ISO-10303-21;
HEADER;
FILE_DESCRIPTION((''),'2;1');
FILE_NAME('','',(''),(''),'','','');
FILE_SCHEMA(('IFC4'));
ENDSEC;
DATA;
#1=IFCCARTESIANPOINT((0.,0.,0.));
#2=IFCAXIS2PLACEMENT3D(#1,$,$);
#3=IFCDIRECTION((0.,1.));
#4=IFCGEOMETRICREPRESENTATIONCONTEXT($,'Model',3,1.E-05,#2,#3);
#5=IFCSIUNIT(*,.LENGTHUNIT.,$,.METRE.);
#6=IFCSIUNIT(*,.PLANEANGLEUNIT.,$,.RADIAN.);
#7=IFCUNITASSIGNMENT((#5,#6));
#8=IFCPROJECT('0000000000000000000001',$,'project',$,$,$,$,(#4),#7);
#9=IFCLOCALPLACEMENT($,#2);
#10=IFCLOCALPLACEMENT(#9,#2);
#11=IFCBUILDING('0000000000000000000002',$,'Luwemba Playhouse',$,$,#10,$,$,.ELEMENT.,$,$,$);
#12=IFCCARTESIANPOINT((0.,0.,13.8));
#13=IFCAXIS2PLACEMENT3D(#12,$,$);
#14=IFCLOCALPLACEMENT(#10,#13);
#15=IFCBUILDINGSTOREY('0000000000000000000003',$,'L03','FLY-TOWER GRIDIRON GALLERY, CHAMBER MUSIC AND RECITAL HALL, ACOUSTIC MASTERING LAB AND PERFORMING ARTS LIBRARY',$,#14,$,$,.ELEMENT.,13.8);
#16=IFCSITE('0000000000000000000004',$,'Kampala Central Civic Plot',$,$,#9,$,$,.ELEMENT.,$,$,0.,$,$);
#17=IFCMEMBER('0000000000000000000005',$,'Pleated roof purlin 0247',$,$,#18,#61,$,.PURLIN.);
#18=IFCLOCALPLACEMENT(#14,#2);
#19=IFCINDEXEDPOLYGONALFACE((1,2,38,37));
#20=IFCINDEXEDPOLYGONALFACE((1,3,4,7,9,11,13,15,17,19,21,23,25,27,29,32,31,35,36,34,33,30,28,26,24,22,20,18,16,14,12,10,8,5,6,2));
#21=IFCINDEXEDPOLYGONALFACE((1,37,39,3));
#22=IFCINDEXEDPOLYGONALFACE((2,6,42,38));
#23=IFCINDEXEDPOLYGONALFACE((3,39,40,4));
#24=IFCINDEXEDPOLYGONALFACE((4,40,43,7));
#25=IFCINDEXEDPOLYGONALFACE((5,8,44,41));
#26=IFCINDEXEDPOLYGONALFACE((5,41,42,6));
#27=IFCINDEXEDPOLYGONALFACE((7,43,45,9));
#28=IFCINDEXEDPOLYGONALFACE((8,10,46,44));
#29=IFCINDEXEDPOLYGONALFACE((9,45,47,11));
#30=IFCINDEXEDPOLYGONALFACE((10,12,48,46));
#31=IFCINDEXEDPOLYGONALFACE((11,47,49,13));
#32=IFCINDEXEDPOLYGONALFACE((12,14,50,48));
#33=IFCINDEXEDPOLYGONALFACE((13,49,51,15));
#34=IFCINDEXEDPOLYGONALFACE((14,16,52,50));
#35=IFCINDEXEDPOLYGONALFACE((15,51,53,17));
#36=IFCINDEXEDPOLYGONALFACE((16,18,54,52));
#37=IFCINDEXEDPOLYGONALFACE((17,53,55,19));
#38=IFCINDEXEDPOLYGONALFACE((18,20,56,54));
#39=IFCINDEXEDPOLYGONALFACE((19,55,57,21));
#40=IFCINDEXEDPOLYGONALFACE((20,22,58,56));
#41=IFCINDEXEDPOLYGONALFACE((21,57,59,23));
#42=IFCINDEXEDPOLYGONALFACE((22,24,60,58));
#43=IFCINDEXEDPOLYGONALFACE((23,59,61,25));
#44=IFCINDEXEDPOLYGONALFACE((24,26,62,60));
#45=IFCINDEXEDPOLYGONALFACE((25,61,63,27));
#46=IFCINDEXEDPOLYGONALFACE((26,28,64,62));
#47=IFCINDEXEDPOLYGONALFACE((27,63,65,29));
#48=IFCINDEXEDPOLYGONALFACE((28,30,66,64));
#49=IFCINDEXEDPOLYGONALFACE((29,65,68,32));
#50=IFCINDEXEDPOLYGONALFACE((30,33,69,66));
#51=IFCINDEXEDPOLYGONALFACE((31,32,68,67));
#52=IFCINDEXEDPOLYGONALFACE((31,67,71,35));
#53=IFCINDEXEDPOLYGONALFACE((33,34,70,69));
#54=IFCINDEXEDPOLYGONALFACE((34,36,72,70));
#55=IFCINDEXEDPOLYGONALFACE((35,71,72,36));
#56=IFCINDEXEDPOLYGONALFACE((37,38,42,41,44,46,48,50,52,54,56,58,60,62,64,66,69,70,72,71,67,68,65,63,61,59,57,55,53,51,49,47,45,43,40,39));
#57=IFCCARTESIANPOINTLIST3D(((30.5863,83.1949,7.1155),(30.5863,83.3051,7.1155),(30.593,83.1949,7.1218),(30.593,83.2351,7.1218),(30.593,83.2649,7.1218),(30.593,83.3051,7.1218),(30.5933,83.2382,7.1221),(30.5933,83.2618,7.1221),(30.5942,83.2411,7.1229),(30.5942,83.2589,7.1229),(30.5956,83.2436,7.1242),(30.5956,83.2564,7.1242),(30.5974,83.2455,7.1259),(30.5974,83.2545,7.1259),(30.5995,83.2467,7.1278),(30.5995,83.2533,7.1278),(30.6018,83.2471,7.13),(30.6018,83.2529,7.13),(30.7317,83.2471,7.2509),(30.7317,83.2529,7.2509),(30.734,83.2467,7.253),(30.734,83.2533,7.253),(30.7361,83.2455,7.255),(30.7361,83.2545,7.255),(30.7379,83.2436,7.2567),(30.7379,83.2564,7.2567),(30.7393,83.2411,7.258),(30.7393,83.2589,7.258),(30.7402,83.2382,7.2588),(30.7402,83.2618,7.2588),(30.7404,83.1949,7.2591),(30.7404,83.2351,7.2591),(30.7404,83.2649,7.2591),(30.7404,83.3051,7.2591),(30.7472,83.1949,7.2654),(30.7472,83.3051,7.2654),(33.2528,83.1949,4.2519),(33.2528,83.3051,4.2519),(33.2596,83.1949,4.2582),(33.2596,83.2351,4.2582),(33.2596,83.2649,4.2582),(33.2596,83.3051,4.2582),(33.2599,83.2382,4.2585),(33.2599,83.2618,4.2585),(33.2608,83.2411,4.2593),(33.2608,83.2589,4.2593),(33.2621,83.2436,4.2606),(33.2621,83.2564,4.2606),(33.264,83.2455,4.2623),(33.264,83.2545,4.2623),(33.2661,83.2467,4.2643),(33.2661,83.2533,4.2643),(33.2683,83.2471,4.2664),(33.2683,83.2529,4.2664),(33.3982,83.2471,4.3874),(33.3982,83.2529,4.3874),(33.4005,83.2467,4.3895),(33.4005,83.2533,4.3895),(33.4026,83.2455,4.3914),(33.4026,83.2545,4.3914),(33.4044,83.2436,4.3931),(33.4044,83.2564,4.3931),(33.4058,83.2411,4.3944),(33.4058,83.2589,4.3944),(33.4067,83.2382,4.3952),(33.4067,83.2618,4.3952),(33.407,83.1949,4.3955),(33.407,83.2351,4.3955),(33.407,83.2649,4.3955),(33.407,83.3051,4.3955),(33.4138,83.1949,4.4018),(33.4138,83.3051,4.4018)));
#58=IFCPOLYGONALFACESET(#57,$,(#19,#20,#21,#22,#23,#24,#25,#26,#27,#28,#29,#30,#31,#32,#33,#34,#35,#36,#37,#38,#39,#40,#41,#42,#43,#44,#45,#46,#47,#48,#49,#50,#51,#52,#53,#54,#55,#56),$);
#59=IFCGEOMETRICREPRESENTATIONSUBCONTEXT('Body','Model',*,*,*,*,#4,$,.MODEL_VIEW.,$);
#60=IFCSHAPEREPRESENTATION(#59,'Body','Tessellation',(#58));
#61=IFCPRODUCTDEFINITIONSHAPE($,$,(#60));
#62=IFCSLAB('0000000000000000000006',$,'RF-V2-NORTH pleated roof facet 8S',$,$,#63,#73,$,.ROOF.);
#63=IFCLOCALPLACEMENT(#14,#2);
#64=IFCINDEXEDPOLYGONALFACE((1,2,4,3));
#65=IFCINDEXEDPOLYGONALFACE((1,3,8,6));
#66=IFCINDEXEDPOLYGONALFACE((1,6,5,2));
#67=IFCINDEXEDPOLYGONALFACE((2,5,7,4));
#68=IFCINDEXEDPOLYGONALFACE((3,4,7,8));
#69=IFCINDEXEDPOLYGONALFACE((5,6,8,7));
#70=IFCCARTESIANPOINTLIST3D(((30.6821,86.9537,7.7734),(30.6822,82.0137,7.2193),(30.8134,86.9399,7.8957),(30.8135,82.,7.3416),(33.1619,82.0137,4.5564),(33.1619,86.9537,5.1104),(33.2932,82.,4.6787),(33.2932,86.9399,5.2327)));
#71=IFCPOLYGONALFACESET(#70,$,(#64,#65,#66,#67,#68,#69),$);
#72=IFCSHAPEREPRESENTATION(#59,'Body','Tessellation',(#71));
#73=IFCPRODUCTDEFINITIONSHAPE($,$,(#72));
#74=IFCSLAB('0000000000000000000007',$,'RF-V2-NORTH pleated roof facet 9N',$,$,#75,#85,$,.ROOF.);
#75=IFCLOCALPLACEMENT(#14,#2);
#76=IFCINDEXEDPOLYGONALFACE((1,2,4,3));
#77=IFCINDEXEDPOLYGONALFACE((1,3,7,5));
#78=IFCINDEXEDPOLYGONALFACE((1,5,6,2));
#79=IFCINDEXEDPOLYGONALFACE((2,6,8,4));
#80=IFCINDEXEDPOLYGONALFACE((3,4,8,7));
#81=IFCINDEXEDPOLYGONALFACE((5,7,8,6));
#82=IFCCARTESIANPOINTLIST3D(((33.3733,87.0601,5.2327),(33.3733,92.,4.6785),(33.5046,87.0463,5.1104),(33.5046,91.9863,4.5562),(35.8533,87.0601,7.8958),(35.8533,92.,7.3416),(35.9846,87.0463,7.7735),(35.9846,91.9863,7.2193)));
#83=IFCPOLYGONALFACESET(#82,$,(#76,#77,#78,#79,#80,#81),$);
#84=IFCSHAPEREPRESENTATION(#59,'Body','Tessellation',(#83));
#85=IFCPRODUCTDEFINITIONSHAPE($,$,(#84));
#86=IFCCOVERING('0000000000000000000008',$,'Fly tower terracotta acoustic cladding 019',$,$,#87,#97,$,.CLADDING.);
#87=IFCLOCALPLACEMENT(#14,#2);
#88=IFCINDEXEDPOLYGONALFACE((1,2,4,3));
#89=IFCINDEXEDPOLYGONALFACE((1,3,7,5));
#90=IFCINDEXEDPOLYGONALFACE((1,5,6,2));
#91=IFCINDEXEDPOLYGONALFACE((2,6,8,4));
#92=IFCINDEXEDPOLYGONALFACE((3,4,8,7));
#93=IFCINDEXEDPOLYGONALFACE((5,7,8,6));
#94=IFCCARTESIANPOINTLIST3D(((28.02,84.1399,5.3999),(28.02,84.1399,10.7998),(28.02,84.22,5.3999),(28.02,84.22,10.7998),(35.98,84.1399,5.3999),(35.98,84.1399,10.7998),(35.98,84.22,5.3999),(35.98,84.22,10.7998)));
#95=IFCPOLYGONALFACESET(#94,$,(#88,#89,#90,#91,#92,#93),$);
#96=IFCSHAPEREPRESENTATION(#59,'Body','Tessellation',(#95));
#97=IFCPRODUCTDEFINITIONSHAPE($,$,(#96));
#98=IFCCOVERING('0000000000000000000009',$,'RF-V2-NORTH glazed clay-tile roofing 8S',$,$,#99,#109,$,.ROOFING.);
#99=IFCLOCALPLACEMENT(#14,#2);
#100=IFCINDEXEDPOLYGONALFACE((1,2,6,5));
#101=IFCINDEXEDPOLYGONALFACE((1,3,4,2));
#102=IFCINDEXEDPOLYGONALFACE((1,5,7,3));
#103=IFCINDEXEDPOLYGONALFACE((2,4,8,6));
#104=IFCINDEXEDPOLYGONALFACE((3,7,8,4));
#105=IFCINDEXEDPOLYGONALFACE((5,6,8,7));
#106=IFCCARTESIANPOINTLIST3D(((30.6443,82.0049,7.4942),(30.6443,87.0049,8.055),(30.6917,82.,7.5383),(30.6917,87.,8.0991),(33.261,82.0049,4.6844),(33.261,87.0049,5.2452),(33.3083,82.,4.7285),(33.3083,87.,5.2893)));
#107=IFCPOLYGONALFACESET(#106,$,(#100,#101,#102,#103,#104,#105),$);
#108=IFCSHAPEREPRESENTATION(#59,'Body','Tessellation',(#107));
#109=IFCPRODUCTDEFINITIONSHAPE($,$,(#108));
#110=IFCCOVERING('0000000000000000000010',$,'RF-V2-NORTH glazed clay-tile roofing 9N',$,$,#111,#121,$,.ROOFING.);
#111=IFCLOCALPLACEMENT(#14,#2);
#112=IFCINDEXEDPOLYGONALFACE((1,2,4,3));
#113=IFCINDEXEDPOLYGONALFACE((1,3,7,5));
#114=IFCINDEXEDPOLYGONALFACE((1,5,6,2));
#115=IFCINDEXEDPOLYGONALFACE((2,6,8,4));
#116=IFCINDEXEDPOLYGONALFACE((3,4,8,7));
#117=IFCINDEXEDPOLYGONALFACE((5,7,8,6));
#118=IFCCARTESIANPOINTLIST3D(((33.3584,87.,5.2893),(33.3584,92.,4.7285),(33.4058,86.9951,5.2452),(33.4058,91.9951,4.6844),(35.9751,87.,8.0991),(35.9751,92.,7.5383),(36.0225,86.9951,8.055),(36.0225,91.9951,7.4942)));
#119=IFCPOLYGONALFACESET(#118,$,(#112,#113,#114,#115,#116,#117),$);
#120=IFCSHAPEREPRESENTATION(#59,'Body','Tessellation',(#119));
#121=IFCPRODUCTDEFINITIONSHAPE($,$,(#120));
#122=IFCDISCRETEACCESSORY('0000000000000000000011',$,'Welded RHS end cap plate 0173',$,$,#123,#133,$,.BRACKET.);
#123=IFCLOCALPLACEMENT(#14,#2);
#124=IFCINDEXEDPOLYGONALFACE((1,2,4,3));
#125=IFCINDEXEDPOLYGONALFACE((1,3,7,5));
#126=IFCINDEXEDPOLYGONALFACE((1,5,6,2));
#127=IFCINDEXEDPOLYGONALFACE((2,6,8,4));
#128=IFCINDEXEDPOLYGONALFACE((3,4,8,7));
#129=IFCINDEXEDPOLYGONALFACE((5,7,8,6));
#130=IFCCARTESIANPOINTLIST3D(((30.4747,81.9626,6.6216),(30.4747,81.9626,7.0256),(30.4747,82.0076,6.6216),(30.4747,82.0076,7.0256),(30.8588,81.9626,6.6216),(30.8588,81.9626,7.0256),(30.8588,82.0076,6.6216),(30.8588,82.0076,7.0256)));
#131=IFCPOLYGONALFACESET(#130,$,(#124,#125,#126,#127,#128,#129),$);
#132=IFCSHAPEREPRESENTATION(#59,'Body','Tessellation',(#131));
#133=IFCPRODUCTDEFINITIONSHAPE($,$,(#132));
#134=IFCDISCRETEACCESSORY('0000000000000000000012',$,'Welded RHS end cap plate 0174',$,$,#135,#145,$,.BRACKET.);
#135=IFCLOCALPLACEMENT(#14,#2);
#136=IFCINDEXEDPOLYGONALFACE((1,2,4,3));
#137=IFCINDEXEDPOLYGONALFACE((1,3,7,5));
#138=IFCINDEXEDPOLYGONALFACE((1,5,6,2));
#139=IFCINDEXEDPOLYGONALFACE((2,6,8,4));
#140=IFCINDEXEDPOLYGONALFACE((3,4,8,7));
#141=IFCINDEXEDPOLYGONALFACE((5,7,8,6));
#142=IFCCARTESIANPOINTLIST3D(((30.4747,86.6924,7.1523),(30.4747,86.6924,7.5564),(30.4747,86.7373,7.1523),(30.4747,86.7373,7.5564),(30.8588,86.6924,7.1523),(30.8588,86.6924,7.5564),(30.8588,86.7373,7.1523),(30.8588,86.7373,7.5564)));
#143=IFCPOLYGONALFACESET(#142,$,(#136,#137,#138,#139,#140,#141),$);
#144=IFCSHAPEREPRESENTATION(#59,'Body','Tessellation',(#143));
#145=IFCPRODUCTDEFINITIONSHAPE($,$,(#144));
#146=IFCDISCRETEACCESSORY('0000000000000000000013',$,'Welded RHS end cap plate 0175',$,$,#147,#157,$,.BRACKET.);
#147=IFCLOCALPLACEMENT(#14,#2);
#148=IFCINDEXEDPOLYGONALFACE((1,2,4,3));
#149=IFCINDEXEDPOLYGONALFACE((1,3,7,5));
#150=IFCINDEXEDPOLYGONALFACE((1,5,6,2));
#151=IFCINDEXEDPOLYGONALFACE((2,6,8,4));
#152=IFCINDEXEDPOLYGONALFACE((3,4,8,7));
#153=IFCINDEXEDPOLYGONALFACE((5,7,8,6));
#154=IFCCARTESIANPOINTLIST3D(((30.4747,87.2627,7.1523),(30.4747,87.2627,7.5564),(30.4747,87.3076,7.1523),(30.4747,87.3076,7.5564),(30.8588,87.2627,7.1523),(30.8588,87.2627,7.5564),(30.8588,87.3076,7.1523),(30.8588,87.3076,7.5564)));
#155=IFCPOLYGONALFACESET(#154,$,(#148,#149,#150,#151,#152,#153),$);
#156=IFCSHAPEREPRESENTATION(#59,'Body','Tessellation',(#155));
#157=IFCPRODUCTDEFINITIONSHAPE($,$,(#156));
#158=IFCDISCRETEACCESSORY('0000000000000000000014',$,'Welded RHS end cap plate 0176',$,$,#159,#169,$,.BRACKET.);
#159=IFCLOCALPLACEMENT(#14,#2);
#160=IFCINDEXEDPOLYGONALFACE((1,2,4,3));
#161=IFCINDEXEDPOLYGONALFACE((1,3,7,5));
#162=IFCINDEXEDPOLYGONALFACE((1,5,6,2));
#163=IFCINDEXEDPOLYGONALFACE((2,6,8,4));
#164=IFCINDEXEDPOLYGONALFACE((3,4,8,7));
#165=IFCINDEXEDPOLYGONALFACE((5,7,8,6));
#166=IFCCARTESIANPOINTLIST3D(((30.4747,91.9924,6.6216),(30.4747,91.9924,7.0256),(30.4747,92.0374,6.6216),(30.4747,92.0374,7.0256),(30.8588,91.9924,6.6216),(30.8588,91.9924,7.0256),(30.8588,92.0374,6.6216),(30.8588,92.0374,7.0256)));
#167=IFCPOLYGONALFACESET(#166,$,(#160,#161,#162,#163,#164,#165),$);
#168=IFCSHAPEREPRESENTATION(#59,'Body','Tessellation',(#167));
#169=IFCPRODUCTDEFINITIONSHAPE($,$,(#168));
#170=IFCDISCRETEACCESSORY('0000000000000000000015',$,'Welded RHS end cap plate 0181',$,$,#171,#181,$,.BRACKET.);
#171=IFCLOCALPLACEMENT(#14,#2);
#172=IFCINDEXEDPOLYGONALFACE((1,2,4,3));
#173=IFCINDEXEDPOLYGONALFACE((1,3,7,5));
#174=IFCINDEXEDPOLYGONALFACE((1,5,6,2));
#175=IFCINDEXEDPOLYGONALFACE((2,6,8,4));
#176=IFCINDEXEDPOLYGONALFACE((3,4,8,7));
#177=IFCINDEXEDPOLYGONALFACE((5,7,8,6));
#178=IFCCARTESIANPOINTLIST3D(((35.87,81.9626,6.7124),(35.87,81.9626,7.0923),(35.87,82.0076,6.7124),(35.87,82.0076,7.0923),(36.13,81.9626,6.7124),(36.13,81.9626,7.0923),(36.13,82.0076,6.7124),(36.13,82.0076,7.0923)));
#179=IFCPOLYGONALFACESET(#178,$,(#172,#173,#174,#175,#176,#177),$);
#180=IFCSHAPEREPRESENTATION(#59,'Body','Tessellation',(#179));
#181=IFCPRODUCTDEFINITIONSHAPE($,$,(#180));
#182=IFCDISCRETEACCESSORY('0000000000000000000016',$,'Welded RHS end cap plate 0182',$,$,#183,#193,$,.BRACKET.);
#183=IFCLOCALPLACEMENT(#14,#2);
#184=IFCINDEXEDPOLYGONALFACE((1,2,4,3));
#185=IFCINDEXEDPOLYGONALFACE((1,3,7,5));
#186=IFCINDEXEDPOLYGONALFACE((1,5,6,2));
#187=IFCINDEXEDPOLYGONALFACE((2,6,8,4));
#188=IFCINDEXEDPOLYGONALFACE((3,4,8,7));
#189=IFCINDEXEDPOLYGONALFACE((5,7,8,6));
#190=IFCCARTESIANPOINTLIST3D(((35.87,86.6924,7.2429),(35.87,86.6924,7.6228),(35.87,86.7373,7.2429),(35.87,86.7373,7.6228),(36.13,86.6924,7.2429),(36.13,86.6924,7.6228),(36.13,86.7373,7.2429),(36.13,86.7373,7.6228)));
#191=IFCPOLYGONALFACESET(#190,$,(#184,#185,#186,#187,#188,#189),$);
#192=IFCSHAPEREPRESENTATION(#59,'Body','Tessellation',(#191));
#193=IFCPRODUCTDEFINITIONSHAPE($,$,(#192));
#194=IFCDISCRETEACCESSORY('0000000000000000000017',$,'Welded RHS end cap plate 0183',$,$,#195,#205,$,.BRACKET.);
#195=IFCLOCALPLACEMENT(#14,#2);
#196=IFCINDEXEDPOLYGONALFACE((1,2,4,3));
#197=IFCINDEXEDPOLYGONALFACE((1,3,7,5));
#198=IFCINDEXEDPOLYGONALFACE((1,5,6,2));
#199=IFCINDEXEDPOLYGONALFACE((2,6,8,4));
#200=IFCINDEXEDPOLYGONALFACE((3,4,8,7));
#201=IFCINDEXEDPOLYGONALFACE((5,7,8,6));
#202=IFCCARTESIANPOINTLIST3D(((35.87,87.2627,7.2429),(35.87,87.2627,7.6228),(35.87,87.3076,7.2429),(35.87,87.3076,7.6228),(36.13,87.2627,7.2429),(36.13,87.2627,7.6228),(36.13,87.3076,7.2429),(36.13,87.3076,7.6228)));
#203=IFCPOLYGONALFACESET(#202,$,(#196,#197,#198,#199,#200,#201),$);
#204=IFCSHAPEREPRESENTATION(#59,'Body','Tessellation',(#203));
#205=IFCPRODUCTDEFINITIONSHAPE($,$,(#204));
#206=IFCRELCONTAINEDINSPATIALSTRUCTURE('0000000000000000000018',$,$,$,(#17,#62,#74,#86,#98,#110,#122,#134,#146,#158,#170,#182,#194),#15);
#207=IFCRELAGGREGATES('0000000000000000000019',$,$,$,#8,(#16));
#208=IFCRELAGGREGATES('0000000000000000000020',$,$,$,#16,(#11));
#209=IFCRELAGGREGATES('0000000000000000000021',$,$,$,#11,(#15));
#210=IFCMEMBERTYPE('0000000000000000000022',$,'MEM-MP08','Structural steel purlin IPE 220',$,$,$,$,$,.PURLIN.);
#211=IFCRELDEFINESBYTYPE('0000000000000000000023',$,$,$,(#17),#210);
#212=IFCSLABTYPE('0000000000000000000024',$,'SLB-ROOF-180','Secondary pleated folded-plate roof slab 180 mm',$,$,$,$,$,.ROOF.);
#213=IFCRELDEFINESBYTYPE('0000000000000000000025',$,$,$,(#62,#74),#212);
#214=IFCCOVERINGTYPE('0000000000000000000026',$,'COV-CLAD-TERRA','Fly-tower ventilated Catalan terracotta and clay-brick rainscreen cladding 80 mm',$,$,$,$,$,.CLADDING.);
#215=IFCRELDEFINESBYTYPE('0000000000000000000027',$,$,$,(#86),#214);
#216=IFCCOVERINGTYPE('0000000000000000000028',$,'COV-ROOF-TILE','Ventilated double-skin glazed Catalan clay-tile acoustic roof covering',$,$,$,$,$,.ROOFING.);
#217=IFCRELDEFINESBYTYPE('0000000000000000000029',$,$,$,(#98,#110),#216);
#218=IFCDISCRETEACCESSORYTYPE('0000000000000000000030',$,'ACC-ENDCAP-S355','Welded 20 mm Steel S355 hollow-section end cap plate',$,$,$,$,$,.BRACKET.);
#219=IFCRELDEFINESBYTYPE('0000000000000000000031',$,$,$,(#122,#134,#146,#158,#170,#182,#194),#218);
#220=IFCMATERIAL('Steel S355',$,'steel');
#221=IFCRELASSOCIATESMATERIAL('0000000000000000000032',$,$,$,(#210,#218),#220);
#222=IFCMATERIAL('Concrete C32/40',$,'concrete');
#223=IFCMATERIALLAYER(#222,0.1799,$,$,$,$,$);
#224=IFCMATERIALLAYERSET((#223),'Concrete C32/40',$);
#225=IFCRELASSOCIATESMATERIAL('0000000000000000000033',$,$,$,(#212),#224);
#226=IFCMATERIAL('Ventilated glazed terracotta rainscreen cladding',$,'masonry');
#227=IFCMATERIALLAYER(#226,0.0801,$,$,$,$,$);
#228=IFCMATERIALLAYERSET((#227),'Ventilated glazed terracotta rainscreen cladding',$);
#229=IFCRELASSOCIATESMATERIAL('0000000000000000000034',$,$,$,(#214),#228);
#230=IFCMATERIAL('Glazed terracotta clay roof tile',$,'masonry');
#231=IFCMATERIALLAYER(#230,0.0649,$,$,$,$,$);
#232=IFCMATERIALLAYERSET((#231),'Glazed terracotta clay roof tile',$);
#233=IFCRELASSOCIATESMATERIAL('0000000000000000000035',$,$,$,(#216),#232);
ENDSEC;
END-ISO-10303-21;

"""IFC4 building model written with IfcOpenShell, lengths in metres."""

from ifc_helpers import new_model, si_unit, direction, frame, origin, origin_2d, place, context, subcontext, project, spatial, polyline, rectangle, i_section, outline, extrude, material, layer, layer_set, material_profile, profile_set, type_object, element, save


model = new_model("IFC4")

# Units and contexts
model_context = context("Model", 3, precision=1e-05, world=origin(), true_north=direction((0.0, 1.0)))
body_context = subcontext(model_context, "Body", "Model", "MODEL_VIEW")
ifc_project = project(units=[si_unit("LENGTHUNIT", "METRE"), si_unit("PLANEANGLEUNIT", "RADIAN")], contexts=[model_context])

# Site, building, storey
site_placement = place(None, origin())
site = spatial("IfcSite", under=ifc_project, at=site_placement, Name="Kampala Central Civic Plot", CompositionType="ELEMENT", RefElevation=0.0)
building_placement = place(site_placement, origin())
building = spatial("IfcBuilding", under=site, at=building_placement, Name="Luwemba Playhouse", CompositionType="ELEMENT")
storey_placement = place(building_placement, frame((0.0, 0.0, 13.8)))
storey = spatial("IfcBuildingStorey", under=building, at=storey_placement, Name="L03", Description="FLY-TOWER GRIDIRON GALLERY, CHAMBER MUSIC AND RECITAL HALL, ACOUSTIC MASTERING LAB AND PERFORMING ARTS LIBRARY", CompositionType="ELEMENT", Elevation=13.8)

# Shared definitions
ifc_material_1 = material(Name="Steel S355", Category="steel")

# Member
ifc_material_profile_1 = material_profile(ifc_material_1, i_section(OverallWidth=0.1101, OverallDepth=0.22, WebThickness=0.0059, FlangeThickness=0.0093, FilletRadius=0.012, at=origin_2d()))
ifc_profile_set_1 = profile_set([ifc_material_profile_1], Name="Steel S355")
member_type_1 = type_object("IfcMemberType", Name="MEM-MP08", Description="Structural steel purlin IPE 220", PredefinedType="PURLIN", material=ifc_profile_set_1)
member_1_placement = place(storey_placement, frame((30.6667, 83.25, 7.1904), z_axis=(0.681482, 0.0, -0.731835), x_axis=(0.0, 1.0, 0.0)))
element("IfcMember", 1, at=member_1_placement, inside=storey, type_object=member_type_1, Name="Pleated roof purlin 0247", PredefinedType="PURLIN", context=body_context, shape_type="SweptSolid", body=[
    extrude(i_section(OverallWidth=0.1101, OverallDepth=0.22, WebThickness=0.0059, FlangeThickness=0.0093, FilletRadius=0.012, at=origin_2d()), origin(), (0.0, 0.0, 1.0), 3.9128),
])

# Slabs
ifc_material_2 = material(Name="Concrete C32/40", Category="concrete")
ifc_layer_1 = layer(ifc_material_2, 0.1799)
ifc_layer_set_1 = layer_set([ifc_layer_1], Name="Concrete C32/40")
slab_type = type_object("IfcSlabType", Name="SLB-ROOF-180", Description="Secondary pleated folded-plate roof slab 180 mm", PredefinedType="ROOF", material=ifc_layer_set_1)
slab_1_placement = place(storey_placement, frame((30.8135, 82.0, 7.3416), z_axis=(0.729707, -0.076214, 0.679499), x_axis=(0.681481, 0.000002, -0.731836)))
element("IfcSlab", 2, at=slab_1_placement, inside=storey, type_object=slab_type, Name="RF-V2-NORTH pleated roof facet 8S", PredefinedType="ROOF", context=body_context, shape_type="SweptSolid", body=[
    extrude(outline(polyline([(0.0, 0.0), (3.6387, 0.0), (3.2333, 4.9543), (-0.4056, 4.9544), (0.0, 0.0)])), origin(), (0.0, 0.0, -1.0), 0.1799),
])
slab_2_placement = place(storey_placement, frame((33.3733, 87.0601, 5.2327), z_axis=(-0.729688, 0.076233, 0.679517), x_axis=(0.6815, 0.0, 0.731818)))
element("IfcSlab", 3, at=slab_2_placement, inside=storey, type_object=slab_type, Name="RF-V2-NORTH pleated roof facet 9N", PredefinedType="ROOF", context=body_context, shape_type="SweptSolid", body=[
    extrude(outline(polyline([(0.0, 0.0), (3.639, 0.0), (3.2334, 4.9544), (-0.4056, 4.9544), (0.0, 0.0)])), origin(), (0.0, 0.0, -1.0), 0.1799),
])

# Coverings
ifc_material_3 = material(Name="Ventilated glazed terracotta rainscreen cladding", Category="masonry")
ifc_layer_2 = layer(ifc_material_3, 0.0801)
ifc_layer_set_2 = layer_set([ifc_layer_2], Name="Ventilated glazed terracotta rainscreen cladding")
covering_type_1 = type_object("IfcCoveringType", Name="COV-CLAD-TERRA", Description="Fly-tower ventilated Catalan terracotta and clay-brick rainscreen cladding 80 mm", PredefinedType="CLADDING", material=ifc_layer_set_2)
covering_placement = place(storey_placement, frame((32.0, 84.1799, 5.3999), z_axis=(0.0, 0.0, 1.0), x_axis=(1.0, 0.0, 0.0)))
element("IfcCovering", 4, at=covering_placement, inside=storey, type_object=covering_type_1, Name="Fly tower terracotta acoustic cladding 019", PredefinedType="CLADDING", context=body_context, shape_type="SweptSolid", body=[
    extrude(rectangle(XDim=7.96, YDim=0.0801, at=origin_2d()), origin(), (0.0, 0.0, 1.0), 5.3999),
])
ifc_material_4 = material(Name="Glazed terracotta clay roof tile", Category="masonry")
ifc_layer_3 = layer(ifc_material_4, 0.0649)
ifc_layer_set_3 = layer_set([ifc_layer_3], Name="Glazed terracotta clay roof tile")
covering_type_2 = type_object("IfcCoveringType", Name="COV-ROOF-TILE", Description="Ventilated double-skin glazed Catalan clay-tile acoustic roof covering", PredefinedType="ROOFING", material=ifc_layer_set_3)
for number, where, z_axis, x_axis, name in (
    (5, (30.6917, 82.0, 7.5383), (0.729679, -0.076215, 0.679529), (0.681511, 0.0, -0.731808), "RF-V2-NORTH glazed clay-tile roofing 8S"),
    (6, (33.3584, 87.0, 5.2893), (-0.729679, 0.076215, 0.679529), (0.681511, 0.0, 0.731808), "RF-V2-NORTH glazed clay-tile roofing 9N"),
):
    element("IfcCovering", number, at=place(storey_placement, frame(where, z_axis=z_axis, x_axis=x_axis)), inside=storey, type_object=covering_type_2, Name=name, PredefinedType="ROOFING", context=body_context, shape_type="SweptSolid", body=[
        extrude(outline(polyline([(0.0, 0.0), (3.8396, 0.0), (3.4292, 5.0146), (-0.4104, 5.0146), (0.0, 0.0)])), origin(), (0.0, 0.0, -1.0), 0.0649),
    ])

# Discrete accessories
discrete_accessory_type = type_object("IfcDiscreteAccessoryType", Name="ACC-ENDCAP-S355", Description="Welded 20 mm Steel S355 hollow-section end cap plate", PredefinedType="BRACKET", material=ifc_material_1)
for number, where, z_axis, x_axis, name in (
    (7, (30.6667, 81.9851, 6.6216), (0.0, 0.0, 1.0), (1.0, 0.0, 0.0), "Welded RHS end cap plate 0173"),
    (8, (30.6667, 86.7148, 7.1523), (0.0, 0.0, 1.0), (1.0, 0.0, 0.0), "Welded RHS end cap plate 0174"),
    (9, (30.6667, 87.2852, 7.1523), (0.0, 0.0, 1.0), (1.0, 0.0, 0.0), "Welded RHS end cap plate 0175"),
    (10, (30.6667, 92.0149, 6.6216), (0.0, 0.0, 1.0), (1.0, 0.0, 0.0), "Welded RHS end cap plate 0176"),
):
    element("IfcDiscreteAccessory", number, at=place(storey_placement, frame(where, z_axis=z_axis, x_axis=x_axis)), inside=storey, type_object=discrete_accessory_type, Name=name, PredefinedType="BRACKET", context=body_context, shape_type="SweptSolid", body=[
        extrude(rectangle(XDim=0.384, YDim=0.0449, at=origin_2d()), origin(), (0.0, 0.0, 1.0), 0.4041),
    ])
for number, where, z_axis, x_axis, name in (
    (11, (36.0, 81.9851, 6.7124), (0.0, 0.0, 1.0), (1.0, 0.0, 0.0), "Welded RHS end cap plate 0181"),
    (12, (36.0, 86.7148, 7.2429), (0.0, 0.0, 1.0), (1.0, 0.0, 0.0), "Welded RHS end cap plate 0182"),
    (13, (36.0, 87.2852, 7.2429), (0.0, 0.0, 1.0), (1.0, 0.0, 0.0), "Welded RHS end cap plate 0183"),
):
    element("IfcDiscreteAccessory", number, at=place(storey_placement, frame(where, z_axis=z_axis, x_axis=x_axis)), inside=storey, type_object=discrete_accessory_type, Name=name, PredefinedType="BRACKET", context=body_context, shape_type="SweptSolid", body=[
        extrude(rectangle(XDim=0.26, YDim=0.0449, at=origin_2d()), origin(), (0.0, 0.0, 1.0), 0.3799),
    ])

save(model, "model.ifc")
